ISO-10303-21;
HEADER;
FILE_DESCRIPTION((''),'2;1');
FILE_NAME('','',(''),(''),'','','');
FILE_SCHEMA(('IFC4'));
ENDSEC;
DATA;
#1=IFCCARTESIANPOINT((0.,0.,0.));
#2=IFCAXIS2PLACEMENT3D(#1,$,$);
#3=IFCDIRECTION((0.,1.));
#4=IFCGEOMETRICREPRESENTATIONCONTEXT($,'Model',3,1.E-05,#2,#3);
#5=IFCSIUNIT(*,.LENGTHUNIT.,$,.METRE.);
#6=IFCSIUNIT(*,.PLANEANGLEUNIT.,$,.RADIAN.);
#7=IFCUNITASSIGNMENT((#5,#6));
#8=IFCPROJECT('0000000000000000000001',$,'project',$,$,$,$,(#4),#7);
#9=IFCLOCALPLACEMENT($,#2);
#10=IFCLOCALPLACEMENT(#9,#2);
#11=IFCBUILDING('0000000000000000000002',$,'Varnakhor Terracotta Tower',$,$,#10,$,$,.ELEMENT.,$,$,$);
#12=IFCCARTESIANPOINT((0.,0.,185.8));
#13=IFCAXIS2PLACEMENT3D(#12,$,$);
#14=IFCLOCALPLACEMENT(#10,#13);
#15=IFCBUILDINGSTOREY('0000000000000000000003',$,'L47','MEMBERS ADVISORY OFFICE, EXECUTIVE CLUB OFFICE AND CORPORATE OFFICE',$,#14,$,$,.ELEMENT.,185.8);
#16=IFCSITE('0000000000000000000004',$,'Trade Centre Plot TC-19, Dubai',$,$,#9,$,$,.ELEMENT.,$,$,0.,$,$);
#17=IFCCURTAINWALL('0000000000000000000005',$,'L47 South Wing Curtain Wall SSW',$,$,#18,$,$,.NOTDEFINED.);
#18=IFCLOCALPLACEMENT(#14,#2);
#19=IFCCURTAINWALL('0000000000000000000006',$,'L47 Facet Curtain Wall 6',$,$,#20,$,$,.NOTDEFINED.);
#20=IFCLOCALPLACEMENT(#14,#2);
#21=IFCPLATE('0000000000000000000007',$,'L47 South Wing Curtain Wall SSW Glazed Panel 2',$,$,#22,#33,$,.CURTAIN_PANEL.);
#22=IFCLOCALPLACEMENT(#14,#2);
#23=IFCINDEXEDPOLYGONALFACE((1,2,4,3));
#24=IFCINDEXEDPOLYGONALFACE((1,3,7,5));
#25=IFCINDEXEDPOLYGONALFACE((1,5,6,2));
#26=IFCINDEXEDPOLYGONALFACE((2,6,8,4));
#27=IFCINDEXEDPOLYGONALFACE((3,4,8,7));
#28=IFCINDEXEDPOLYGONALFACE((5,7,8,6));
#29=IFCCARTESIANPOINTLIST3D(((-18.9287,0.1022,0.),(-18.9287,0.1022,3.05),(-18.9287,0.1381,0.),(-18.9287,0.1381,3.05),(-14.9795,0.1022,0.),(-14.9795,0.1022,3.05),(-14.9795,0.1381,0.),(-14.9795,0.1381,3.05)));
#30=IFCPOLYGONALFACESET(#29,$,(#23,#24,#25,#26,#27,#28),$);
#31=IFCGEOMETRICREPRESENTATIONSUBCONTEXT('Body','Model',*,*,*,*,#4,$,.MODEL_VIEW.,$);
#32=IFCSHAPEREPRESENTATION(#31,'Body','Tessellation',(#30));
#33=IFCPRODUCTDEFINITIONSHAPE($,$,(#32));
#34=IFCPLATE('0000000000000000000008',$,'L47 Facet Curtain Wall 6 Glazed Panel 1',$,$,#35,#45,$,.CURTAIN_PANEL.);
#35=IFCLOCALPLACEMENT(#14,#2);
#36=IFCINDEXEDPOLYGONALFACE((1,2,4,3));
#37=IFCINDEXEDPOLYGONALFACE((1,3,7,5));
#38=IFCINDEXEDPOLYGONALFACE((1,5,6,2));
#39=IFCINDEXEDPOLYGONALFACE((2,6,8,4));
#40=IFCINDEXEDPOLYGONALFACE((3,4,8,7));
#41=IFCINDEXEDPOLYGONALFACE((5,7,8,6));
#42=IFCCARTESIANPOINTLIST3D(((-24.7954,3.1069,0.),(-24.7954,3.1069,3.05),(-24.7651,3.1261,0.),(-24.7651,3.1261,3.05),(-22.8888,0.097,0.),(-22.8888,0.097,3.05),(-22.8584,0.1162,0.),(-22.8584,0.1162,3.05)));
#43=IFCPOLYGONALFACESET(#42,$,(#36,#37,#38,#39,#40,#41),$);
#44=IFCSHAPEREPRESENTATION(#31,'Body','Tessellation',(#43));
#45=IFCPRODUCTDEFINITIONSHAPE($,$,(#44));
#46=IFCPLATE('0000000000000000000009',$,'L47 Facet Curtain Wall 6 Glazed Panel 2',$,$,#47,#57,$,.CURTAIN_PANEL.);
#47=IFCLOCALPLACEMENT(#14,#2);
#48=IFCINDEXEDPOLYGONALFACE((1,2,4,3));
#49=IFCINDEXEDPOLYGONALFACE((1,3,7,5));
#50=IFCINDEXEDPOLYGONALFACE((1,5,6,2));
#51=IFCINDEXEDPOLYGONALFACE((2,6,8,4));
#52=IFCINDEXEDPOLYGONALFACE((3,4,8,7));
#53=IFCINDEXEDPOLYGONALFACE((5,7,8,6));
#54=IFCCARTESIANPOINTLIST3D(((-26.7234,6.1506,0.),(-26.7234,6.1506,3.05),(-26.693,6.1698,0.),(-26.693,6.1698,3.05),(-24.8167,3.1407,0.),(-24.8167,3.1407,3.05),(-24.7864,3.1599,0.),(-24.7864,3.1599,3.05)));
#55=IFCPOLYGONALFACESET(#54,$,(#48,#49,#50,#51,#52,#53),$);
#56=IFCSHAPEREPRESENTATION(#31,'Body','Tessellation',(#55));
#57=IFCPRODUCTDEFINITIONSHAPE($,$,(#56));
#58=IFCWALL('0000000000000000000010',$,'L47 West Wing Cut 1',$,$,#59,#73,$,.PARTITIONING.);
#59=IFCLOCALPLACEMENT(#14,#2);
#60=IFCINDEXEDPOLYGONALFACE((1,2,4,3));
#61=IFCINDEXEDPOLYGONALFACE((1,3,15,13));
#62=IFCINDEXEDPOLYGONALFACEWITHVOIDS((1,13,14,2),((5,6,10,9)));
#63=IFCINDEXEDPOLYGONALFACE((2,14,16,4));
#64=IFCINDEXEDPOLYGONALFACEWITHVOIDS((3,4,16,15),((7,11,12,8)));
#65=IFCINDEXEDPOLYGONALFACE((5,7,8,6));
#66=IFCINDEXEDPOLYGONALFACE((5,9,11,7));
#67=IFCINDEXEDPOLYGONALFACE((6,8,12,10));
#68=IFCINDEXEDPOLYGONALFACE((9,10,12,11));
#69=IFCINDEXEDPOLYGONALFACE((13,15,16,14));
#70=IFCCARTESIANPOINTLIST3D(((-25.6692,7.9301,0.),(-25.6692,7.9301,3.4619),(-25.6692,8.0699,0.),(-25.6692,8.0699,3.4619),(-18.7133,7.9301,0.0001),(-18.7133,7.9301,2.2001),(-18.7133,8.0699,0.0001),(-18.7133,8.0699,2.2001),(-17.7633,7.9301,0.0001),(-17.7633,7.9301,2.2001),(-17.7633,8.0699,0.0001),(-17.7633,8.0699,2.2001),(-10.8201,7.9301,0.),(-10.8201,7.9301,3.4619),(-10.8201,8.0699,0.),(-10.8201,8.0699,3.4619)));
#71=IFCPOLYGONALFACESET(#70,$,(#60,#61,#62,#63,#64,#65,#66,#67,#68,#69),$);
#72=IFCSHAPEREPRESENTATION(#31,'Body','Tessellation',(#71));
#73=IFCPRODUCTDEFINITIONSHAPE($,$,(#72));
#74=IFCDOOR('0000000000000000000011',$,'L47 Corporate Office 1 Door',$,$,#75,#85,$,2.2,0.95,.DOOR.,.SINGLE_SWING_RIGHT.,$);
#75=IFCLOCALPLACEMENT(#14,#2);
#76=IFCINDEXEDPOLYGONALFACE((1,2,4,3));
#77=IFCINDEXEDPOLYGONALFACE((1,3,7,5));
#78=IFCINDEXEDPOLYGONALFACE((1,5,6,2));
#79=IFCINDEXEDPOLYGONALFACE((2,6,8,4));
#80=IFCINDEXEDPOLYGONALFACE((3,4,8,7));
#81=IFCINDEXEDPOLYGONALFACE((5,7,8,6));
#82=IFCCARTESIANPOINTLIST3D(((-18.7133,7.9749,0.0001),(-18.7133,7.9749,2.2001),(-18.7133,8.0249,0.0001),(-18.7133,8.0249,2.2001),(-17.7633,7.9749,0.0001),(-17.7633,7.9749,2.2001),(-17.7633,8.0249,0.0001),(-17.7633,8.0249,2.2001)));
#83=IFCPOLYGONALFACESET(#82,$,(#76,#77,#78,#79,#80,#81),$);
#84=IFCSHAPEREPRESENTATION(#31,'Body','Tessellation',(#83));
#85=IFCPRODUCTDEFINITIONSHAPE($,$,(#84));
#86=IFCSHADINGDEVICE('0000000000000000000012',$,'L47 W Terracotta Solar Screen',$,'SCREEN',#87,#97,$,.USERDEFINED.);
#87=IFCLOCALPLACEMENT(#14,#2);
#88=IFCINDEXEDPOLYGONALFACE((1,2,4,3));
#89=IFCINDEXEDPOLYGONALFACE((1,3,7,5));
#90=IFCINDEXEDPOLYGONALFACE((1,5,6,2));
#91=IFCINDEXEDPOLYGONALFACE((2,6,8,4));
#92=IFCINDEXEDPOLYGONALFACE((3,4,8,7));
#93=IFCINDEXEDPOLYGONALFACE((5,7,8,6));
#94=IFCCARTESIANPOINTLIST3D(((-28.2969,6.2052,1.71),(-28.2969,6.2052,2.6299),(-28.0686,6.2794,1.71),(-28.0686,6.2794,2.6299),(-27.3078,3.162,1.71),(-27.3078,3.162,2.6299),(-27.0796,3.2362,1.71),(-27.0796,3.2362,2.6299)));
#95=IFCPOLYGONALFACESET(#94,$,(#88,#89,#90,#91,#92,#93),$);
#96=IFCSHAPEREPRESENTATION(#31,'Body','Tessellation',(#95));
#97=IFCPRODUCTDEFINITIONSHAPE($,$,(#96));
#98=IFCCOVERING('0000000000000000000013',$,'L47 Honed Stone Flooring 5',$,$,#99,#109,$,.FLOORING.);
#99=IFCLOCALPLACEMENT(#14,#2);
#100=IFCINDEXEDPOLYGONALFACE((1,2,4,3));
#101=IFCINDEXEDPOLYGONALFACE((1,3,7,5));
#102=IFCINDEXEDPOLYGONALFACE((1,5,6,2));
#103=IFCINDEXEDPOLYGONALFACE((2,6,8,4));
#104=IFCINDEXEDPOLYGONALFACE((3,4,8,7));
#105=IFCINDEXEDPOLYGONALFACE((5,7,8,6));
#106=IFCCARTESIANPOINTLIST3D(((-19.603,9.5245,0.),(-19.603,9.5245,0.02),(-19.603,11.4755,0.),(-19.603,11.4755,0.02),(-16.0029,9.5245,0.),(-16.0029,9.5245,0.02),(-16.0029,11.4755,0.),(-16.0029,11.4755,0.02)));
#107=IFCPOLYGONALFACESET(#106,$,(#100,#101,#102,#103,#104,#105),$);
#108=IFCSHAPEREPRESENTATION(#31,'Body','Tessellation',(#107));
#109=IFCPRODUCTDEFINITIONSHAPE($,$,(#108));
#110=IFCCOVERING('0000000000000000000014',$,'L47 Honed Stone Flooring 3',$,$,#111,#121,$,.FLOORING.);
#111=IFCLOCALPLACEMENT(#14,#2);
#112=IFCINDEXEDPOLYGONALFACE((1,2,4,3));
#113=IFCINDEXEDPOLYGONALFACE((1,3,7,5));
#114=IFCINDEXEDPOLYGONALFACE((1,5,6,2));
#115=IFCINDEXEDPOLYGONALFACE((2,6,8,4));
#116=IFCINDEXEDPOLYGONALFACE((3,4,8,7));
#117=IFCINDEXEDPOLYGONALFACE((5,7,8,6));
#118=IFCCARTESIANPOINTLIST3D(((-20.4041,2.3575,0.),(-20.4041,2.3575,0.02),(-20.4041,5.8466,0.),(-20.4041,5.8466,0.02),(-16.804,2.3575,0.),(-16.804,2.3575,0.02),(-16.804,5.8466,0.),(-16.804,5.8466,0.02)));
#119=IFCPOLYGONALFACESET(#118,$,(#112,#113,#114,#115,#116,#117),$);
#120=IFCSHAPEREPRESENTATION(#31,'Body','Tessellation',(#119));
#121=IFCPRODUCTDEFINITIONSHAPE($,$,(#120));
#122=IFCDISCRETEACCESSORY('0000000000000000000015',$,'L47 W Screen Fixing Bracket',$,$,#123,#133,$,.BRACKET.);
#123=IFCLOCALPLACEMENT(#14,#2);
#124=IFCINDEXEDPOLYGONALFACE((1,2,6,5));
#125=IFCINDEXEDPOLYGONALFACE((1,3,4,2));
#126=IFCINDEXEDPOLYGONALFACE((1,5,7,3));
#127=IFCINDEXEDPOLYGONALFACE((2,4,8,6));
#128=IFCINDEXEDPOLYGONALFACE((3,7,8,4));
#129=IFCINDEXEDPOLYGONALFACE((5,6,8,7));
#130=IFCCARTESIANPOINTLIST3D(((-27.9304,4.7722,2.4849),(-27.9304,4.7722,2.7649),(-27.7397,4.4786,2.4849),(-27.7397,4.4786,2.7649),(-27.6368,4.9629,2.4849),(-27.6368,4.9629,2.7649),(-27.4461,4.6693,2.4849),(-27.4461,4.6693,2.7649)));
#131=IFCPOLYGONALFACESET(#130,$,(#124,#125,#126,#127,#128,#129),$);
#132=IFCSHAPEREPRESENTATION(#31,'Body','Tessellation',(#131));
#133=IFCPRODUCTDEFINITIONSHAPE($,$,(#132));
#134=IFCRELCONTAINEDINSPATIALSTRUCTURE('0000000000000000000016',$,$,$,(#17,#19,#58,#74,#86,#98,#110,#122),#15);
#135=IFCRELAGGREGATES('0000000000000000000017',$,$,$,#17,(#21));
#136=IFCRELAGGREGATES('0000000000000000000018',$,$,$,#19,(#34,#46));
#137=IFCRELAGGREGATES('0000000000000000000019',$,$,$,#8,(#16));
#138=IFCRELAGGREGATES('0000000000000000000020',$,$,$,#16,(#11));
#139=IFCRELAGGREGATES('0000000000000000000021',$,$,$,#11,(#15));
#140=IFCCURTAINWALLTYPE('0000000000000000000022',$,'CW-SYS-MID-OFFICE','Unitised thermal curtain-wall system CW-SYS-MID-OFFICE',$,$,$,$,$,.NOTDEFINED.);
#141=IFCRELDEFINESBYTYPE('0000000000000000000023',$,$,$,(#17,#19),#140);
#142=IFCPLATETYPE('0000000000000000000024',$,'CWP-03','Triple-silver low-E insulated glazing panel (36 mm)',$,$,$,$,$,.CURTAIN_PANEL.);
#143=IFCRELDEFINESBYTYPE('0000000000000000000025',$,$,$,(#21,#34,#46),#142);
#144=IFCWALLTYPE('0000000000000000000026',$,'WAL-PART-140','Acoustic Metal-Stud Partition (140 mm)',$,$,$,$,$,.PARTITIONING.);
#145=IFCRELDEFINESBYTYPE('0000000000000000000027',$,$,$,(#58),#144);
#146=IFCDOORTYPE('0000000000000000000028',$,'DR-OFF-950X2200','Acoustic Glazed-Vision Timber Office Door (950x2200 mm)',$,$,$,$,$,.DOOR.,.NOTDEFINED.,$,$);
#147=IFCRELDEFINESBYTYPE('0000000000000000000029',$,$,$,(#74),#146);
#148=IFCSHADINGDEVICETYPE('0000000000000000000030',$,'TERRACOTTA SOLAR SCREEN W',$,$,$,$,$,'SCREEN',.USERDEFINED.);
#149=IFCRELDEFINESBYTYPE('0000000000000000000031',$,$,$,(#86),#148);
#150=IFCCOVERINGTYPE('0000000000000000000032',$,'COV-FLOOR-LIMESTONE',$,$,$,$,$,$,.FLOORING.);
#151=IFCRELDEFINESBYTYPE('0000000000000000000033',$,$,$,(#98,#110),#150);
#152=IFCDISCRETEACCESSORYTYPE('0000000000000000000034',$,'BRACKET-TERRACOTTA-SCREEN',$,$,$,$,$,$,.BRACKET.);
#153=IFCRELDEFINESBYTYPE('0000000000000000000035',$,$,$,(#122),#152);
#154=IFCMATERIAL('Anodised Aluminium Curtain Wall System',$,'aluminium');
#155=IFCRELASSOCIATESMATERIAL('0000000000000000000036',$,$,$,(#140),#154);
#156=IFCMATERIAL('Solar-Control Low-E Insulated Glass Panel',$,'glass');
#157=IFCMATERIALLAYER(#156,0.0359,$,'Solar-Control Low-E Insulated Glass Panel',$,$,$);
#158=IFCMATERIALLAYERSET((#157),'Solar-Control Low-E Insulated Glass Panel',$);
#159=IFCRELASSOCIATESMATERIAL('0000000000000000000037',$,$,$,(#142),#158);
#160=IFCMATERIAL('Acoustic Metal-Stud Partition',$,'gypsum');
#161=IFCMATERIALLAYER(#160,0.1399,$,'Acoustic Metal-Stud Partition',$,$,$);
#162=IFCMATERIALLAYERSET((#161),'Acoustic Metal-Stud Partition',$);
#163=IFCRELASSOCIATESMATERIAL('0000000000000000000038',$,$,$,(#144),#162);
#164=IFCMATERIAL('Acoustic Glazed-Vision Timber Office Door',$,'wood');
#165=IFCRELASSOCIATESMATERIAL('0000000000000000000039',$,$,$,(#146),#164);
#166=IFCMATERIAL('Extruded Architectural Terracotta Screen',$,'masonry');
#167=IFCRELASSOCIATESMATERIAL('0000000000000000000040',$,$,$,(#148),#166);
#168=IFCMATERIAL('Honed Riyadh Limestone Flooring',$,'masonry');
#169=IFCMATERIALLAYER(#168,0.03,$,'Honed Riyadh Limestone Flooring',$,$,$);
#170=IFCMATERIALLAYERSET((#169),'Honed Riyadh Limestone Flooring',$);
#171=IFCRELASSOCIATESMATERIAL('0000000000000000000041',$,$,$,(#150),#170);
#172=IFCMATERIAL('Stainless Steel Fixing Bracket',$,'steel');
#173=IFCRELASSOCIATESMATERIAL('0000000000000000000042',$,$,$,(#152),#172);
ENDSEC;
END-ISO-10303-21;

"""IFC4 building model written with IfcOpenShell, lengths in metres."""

from ifc_helpers import new_model, si_unit, direction, frame, frame_2d, origin, origin_2d, place, context, subcontext, project, spatial, rectangle, extrude, source, transform, mapped, material, layer, layer_set, type_object, type_shapes, element, fill, aggregate, save


model = new_model("IFC4")

# Units and contexts
model_context = context("Model", 3, precision=1e-05, world=origin(), true_north=direction((0.0, 1.0)))
body_context = subcontext(model_context, "Body", "Model", "MODEL_VIEW")
ifc_project = project(units=[si_unit("LENGTHUNIT", "METRE"), si_unit("PLANEANGLEUNIT", "RADIAN")], contexts=[model_context])

# Site, building, storey
site_placement = place(None, origin())
site = spatial("IfcSite", under=ifc_project, at=site_placement, Name="Trade Centre Plot TC-19, Dubai", CompositionType="ELEMENT", RefElevation=0.0)
building_placement = place(site_placement, origin())
building = spatial("IfcBuilding", under=site, at=building_placement, Name="Varnakhor Terracotta Tower", CompositionType="ELEMENT")
storey_placement = place(building_placement, frame((0.0, 0.0, 185.8)))
storey = spatial("IfcBuildingStorey", under=building, at=storey_placement, Name="L47", Description="MEMBERS ADVISORY OFFICE, EXECUTIVE CLUB OFFICE AND CORPORATE OFFICE", CompositionType="ELEMENT", Elevation=185.8)

# Curtain walls
ifc_material_1 = material(Name="Anodised Aluminium Curtain Wall System", Category="aluminium")
curtain_wall_type = type_object("IfcCurtainWallType", Name="CW-SYS-MID-OFFICE", Description="Unitised thermal curtain-wall system CW-SYS-MID-OFFICE", PredefinedType="NOTDEFINED", material=ifc_material_1)
curtain_wall_1_placement = place(storey_placement, origin())
curtain_wall_1 = element("IfcCurtainWall", 1, at=curtain_wall_1_placement, inside=storey, type_object=curtain_wall_type, Name="L47 South Wing Curtain Wall SSW", PredefinedType="NOTDEFINED")
curtain_wall_2_placement = place(storey_placement, origin())
curtain_wall_2 = element("IfcCurtainWall", 2, at=curtain_wall_2_placement, inside=storey, type_object=curtain_wall_type, Name="L47 Facet Curtain Wall 6", PredefinedType="NOTDEFINED")

# Plates
ifc_material_2 = material(Name="Solar-Control Low-E Insulated Glass Panel", Category="glass")
ifc_layer_1 = layer(ifc_material_2, 0.0359, Name="Solar-Control Low-E Insulated Glass Panel")
ifc_layer_set_1 = layer_set([ifc_layer_1], Name="Solar-Control Low-E Insulated Glass Panel")
plate_type = type_object("IfcPlateType", Name="CWP-03", Description="Triple-silver low-E insulated glazing panel (36 mm)", PredefinedType="CURTAIN_PANEL", material=ifc_layer_set_1)
shared_shape_1 = source(origin(), body_context, "Body", "SweptSolid", [
    extrude(rectangle(XDim=3.9492, YDim=0.0359, at=origin_2d()), origin(), (0.0, 0.0, 1.0), 3.05),
])
plate_1_placement = place(storey_placement, frame((-16.9541, 0.1201, 0.0), z_axis=(0.0, 0.0, 1.0), x_axis=(-1.0, 0.0, 0.0)))
plate_1 = element("IfcPlate", 3, at=plate_1_placement, type_object=plate_type, Name="L47 South Wing Curtain Wall SSW Glazed Panel 2", PredefinedType="CURTAIN_PANEL", context=body_context, shape_type="MappedRepresentation", body=[
    mapped(shared_shape_1, transform((0.0, 0.0, 0.0), scale=1.0)),
])
aggregate(curtain_wall_1, [plate_1])
shared_shape_2 = source(origin(), body_context, "Body", "SweptSolid", [
    extrude(rectangle(XDim=3.563, YDim=0.0359, at=origin_2d()), origin(), (0.0, 0.0, 1.0), 3.05),
])
plate_2_placement = place(storey_placement, frame((-23.8269, 1.6116, 0.0), z_axis=(0.0, 0.0, 1.0), x_axis=(-0.535119, 0.844777, 0.0)))
plate_2 = element("IfcPlate", 4, at=plate_2_placement, type_object=plate_type, Name="L47 Facet Curtain Wall 6 Glazed Panel 1", PredefinedType="CURTAIN_PANEL", context=body_context, shape_type="MappedRepresentation", body=[
    mapped(shared_shape_2, transform((0.0, 0.0, 0.0), scale=1.0)),
])
plate_3_placement = place(storey_placement, frame((-25.7549, 4.6553, 0.0), z_axis=(0.0, 0.0, 1.0), x_axis=(-0.535119, 0.844777, 0.0)))
plate_3 = element("IfcPlate", 5, at=plate_3_placement, type_object=plate_type, Name="L47 Facet Curtain Wall 6 Glazed Panel 2", PredefinedType="CURTAIN_PANEL", context=body_context, shape_type="MappedRepresentation", body=[
    mapped(shared_shape_2, transform((0.0, 0.0, 0.0), scale=1.0)),
])
aggregate(curtain_wall_2, [plate_2, plate_3])

# Wall, opening, door
ifc_material_3 = material(Name="Acoustic Metal-Stud Partition", Category="gypsum")
ifc_layer_2 = layer(ifc_material_3, 0.1399, Name="Acoustic Metal-Stud Partition")
ifc_layer_set_2 = layer_set([ifc_layer_2], Name="Acoustic Metal-Stud Partition")
wall_type = type_object("IfcWallType", Name="WAL-PART-140", Description="Acoustic Metal-Stud Partition (140 mm)", PredefinedType="PARTITIONING", material=ifc_layer_set_2)
wall_placement = place(storey_placement, frame((-25.6692, 8.0, 0.0), z_axis=(0.0, 0.0, 1.0), x_axis=(1.0, 0.0, 0.0)))
wall = element("IfcWall", 6, at=wall_placement, inside=storey, type_object=wall_type, Name="L47 West Wing Cut 1", PredefinedType="PARTITIONING", context=body_context, shape_type="SweptSolid", body=[
    extrude(rectangle(XDim=14.8491, YDim=0.1399, at=frame_2d((7.4246, 0.0))), origin(), (0.0, 0.0, 1.0), 3.4619),
])
opening_placement = place(wall_placement, frame((6.9558, 0.0, 0.0)))
opening = element("IfcOpeningElement", 7, at=opening_placement, cuts=wall, PredefinedType="OPENING", context=body_context, shape_type="SweptSolid", body=[
    extrude(rectangle(XDim=0.95, YDim=2.2, at=frame_2d((0.4751, 1.1001))), frame((0.0, 0.0801, 0.0), z_axis=(0.0, -1.0, 0.0), x_axis=(1.0, 0.0, 0.0)), (0.0, 0.0, 1.0), 0.1599),
])
ifc_material_4 = material(Name="Acoustic Glazed-Vision Timber Office Door", Category="wood")
door_type = type_object("IfcDoorType", Name="DR-OFF-950X2200", Description="Acoustic Glazed-Vision Timber Office Door (950x2200 mm)", OperationType="NOTDEFINED", PredefinedType="DOOR", material=ifc_material_4)
shared_shape_3 = source(origin(), body_context, "Body", "SweptSolid", [
    extrude(rectangle(XDim=0.95, YDim=2.2, at=frame_2d((0.4751, 1.1001))), frame((0.0, 0.0249, 0.0), z_axis=(0.0, -1.0, 0.0), x_axis=(1.0, 0.0, 0.0)), (0.0, 0.0, 1.0), 0.05),
])
type_shapes(door_type, [shared_shape_3])
door_placement = place(opening_placement, origin())
door = element("IfcDoor", 8, at=door_placement, inside=storey, type_object=door_type, Name="L47 Corporate Office 1 Door", OperationType="SINGLE_SWING_RIGHT", OverallHeight=2.2, OverallWidth=0.95, PredefinedType="DOOR", context=body_context, shape_type="MappedRepresentation", body=[
    mapped(shared_shape_3, transform((0.0, 0.0, 0.0), scale=1.0)),
])
fill(opening, door)

# Shading device
ifc_material_5 = material(Name="Extruded Architectural Terracotta Screen", Category="masonry")
shading_device_type = type_object("IfcShadingDeviceType", Name="TERRACOTTA SOLAR SCREEN W", ElementType="SCREEN", PredefinedType="USERDEFINED", material=ifc_material_5)
shared_shape_4 = source(origin(), body_context, "Body", "SweptSolid", [
    extrude(rectangle(XDim=3.2, YDim=0.24, at=origin_2d()), origin(), (0.0, 0.0, 1.0), 0.9199),
])
type_shapes(shading_device_type, [shared_shape_4])
shading_device_placement = place(storey_placement, frame((-27.6882, 4.7207, 1.71), z_axis=(0.0, 0.0, 1.0), x_axis=(0.309083, -0.951035, 0.0)))
element("IfcShadingDevice", 9, at=shading_device_placement, inside=storey, type_object=shading_device_type, Name="L47 W Terracotta Solar Screen", ObjectType="SCREEN", PredefinedType="USERDEFINED", context=body_context, shape_type="MappedRepresentation", body=[
    mapped(shared_shape_4, transform((0.0, 0.0, 0.0), scale=1.0)),
])

# Coverings
ifc_material_6 = material(Name="Honed Riyadh Limestone Flooring", Category="masonry")
ifc_layer_3 = layer(ifc_material_6, 0.03, Name="Honed Riyadh Limestone Flooring")
ifc_layer_set_3 = layer_set([ifc_layer_3], Name="Honed Riyadh Limestone Flooring")
covering_type = type_object("IfcCoveringType", Name="COV-FLOOR-LIMESTONE", PredefinedType="FLOORING", material=ifc_layer_set_3)
shared_shape_5 = source(origin(), body_context, "Body", "SweptSolid", [
    extrude(rectangle(XDim=3.6001, YDim=1.9509, at=origin_2d()), origin(), (0.0, 0.0, 1.0), 0.02),
])
covering_1_placement = place(storey_placement, frame((-17.803, 10.5, 0.0), z_axis=(0.0, 0.0, 1.0), x_axis=(1.0, 0.0, 0.0)))
element("IfcCovering", 10, at=covering_1_placement, inside=storey, type_object=covering_type, Name="L47 Honed Stone Flooring 5", PredefinedType="FLOORING", context=body_context, shape_type="MappedRepresentation", body=[
    mapped(shared_shape_5, transform((0.0, 0.0, 0.0), scale=1.0)),
])
shared_shape_6 = source(origin(), body_context, "Body", "SweptSolid", [
    extrude(rectangle(XDim=3.6001, YDim=3.489, at=origin_2d()), origin(), (0.0, 0.0, 1.0), 0.02),
])
covering_2_placement = place(storey_placement, frame((-18.604, 4.1021, 0.0), z_axis=(0.0, 0.0, 1.0), x_axis=(1.0, 0.0, 0.0)))
element("IfcCovering", 11, at=covering_2_placement, inside=storey, type_object=covering_type, Name="L47 Honed Stone Flooring 3", PredefinedType="FLOORING", context=body_context, shape_type="MappedRepresentation", body=[
    mapped(shared_shape_6, transform((0.0, 0.0, 0.0), scale=1.0)),
])

# Discrete accessory
ifc_material_7 = material(Name="Stainless Steel Fixing Bracket", Category="steel")
discrete_accessory_type = type_object("IfcDiscreteAccessoryType", Name="BRACKET-TERRACOTTA-SCREEN", PredefinedType="BRACKET", material=ifc_material_7)
shared_shape_7 = source(origin(), body_context, "Body", "SweptSolid", [
    extrude(rectangle(XDim=0.3501, YDim=0.3501, at=origin_2d()), origin(), (0.0, 0.0, 1.0), 0.28),
])
type_shapes(discrete_accessory_type, [shared_shape_7])
discrete_accessory_placement = place(storey_placement, frame((-27.6882, 4.7207, 2.4849), z_axis=(0.0, 0.0, 1.0), x_axis=(0.544698, -0.838633, 0.0)))
element("IfcDiscreteAccessory", 12, at=discrete_accessory_placement, inside=storey, type_object=discrete_accessory_type, Name="L47 W Screen Fixing Bracket", PredefinedType="BRACKET", context=body_context, shape_type="MappedRepresentation", body=[
    mapped(shared_shape_7, transform((0.0, 0.0, 0.0), scale=1.0)),
])

save(model, "model.ifc")
